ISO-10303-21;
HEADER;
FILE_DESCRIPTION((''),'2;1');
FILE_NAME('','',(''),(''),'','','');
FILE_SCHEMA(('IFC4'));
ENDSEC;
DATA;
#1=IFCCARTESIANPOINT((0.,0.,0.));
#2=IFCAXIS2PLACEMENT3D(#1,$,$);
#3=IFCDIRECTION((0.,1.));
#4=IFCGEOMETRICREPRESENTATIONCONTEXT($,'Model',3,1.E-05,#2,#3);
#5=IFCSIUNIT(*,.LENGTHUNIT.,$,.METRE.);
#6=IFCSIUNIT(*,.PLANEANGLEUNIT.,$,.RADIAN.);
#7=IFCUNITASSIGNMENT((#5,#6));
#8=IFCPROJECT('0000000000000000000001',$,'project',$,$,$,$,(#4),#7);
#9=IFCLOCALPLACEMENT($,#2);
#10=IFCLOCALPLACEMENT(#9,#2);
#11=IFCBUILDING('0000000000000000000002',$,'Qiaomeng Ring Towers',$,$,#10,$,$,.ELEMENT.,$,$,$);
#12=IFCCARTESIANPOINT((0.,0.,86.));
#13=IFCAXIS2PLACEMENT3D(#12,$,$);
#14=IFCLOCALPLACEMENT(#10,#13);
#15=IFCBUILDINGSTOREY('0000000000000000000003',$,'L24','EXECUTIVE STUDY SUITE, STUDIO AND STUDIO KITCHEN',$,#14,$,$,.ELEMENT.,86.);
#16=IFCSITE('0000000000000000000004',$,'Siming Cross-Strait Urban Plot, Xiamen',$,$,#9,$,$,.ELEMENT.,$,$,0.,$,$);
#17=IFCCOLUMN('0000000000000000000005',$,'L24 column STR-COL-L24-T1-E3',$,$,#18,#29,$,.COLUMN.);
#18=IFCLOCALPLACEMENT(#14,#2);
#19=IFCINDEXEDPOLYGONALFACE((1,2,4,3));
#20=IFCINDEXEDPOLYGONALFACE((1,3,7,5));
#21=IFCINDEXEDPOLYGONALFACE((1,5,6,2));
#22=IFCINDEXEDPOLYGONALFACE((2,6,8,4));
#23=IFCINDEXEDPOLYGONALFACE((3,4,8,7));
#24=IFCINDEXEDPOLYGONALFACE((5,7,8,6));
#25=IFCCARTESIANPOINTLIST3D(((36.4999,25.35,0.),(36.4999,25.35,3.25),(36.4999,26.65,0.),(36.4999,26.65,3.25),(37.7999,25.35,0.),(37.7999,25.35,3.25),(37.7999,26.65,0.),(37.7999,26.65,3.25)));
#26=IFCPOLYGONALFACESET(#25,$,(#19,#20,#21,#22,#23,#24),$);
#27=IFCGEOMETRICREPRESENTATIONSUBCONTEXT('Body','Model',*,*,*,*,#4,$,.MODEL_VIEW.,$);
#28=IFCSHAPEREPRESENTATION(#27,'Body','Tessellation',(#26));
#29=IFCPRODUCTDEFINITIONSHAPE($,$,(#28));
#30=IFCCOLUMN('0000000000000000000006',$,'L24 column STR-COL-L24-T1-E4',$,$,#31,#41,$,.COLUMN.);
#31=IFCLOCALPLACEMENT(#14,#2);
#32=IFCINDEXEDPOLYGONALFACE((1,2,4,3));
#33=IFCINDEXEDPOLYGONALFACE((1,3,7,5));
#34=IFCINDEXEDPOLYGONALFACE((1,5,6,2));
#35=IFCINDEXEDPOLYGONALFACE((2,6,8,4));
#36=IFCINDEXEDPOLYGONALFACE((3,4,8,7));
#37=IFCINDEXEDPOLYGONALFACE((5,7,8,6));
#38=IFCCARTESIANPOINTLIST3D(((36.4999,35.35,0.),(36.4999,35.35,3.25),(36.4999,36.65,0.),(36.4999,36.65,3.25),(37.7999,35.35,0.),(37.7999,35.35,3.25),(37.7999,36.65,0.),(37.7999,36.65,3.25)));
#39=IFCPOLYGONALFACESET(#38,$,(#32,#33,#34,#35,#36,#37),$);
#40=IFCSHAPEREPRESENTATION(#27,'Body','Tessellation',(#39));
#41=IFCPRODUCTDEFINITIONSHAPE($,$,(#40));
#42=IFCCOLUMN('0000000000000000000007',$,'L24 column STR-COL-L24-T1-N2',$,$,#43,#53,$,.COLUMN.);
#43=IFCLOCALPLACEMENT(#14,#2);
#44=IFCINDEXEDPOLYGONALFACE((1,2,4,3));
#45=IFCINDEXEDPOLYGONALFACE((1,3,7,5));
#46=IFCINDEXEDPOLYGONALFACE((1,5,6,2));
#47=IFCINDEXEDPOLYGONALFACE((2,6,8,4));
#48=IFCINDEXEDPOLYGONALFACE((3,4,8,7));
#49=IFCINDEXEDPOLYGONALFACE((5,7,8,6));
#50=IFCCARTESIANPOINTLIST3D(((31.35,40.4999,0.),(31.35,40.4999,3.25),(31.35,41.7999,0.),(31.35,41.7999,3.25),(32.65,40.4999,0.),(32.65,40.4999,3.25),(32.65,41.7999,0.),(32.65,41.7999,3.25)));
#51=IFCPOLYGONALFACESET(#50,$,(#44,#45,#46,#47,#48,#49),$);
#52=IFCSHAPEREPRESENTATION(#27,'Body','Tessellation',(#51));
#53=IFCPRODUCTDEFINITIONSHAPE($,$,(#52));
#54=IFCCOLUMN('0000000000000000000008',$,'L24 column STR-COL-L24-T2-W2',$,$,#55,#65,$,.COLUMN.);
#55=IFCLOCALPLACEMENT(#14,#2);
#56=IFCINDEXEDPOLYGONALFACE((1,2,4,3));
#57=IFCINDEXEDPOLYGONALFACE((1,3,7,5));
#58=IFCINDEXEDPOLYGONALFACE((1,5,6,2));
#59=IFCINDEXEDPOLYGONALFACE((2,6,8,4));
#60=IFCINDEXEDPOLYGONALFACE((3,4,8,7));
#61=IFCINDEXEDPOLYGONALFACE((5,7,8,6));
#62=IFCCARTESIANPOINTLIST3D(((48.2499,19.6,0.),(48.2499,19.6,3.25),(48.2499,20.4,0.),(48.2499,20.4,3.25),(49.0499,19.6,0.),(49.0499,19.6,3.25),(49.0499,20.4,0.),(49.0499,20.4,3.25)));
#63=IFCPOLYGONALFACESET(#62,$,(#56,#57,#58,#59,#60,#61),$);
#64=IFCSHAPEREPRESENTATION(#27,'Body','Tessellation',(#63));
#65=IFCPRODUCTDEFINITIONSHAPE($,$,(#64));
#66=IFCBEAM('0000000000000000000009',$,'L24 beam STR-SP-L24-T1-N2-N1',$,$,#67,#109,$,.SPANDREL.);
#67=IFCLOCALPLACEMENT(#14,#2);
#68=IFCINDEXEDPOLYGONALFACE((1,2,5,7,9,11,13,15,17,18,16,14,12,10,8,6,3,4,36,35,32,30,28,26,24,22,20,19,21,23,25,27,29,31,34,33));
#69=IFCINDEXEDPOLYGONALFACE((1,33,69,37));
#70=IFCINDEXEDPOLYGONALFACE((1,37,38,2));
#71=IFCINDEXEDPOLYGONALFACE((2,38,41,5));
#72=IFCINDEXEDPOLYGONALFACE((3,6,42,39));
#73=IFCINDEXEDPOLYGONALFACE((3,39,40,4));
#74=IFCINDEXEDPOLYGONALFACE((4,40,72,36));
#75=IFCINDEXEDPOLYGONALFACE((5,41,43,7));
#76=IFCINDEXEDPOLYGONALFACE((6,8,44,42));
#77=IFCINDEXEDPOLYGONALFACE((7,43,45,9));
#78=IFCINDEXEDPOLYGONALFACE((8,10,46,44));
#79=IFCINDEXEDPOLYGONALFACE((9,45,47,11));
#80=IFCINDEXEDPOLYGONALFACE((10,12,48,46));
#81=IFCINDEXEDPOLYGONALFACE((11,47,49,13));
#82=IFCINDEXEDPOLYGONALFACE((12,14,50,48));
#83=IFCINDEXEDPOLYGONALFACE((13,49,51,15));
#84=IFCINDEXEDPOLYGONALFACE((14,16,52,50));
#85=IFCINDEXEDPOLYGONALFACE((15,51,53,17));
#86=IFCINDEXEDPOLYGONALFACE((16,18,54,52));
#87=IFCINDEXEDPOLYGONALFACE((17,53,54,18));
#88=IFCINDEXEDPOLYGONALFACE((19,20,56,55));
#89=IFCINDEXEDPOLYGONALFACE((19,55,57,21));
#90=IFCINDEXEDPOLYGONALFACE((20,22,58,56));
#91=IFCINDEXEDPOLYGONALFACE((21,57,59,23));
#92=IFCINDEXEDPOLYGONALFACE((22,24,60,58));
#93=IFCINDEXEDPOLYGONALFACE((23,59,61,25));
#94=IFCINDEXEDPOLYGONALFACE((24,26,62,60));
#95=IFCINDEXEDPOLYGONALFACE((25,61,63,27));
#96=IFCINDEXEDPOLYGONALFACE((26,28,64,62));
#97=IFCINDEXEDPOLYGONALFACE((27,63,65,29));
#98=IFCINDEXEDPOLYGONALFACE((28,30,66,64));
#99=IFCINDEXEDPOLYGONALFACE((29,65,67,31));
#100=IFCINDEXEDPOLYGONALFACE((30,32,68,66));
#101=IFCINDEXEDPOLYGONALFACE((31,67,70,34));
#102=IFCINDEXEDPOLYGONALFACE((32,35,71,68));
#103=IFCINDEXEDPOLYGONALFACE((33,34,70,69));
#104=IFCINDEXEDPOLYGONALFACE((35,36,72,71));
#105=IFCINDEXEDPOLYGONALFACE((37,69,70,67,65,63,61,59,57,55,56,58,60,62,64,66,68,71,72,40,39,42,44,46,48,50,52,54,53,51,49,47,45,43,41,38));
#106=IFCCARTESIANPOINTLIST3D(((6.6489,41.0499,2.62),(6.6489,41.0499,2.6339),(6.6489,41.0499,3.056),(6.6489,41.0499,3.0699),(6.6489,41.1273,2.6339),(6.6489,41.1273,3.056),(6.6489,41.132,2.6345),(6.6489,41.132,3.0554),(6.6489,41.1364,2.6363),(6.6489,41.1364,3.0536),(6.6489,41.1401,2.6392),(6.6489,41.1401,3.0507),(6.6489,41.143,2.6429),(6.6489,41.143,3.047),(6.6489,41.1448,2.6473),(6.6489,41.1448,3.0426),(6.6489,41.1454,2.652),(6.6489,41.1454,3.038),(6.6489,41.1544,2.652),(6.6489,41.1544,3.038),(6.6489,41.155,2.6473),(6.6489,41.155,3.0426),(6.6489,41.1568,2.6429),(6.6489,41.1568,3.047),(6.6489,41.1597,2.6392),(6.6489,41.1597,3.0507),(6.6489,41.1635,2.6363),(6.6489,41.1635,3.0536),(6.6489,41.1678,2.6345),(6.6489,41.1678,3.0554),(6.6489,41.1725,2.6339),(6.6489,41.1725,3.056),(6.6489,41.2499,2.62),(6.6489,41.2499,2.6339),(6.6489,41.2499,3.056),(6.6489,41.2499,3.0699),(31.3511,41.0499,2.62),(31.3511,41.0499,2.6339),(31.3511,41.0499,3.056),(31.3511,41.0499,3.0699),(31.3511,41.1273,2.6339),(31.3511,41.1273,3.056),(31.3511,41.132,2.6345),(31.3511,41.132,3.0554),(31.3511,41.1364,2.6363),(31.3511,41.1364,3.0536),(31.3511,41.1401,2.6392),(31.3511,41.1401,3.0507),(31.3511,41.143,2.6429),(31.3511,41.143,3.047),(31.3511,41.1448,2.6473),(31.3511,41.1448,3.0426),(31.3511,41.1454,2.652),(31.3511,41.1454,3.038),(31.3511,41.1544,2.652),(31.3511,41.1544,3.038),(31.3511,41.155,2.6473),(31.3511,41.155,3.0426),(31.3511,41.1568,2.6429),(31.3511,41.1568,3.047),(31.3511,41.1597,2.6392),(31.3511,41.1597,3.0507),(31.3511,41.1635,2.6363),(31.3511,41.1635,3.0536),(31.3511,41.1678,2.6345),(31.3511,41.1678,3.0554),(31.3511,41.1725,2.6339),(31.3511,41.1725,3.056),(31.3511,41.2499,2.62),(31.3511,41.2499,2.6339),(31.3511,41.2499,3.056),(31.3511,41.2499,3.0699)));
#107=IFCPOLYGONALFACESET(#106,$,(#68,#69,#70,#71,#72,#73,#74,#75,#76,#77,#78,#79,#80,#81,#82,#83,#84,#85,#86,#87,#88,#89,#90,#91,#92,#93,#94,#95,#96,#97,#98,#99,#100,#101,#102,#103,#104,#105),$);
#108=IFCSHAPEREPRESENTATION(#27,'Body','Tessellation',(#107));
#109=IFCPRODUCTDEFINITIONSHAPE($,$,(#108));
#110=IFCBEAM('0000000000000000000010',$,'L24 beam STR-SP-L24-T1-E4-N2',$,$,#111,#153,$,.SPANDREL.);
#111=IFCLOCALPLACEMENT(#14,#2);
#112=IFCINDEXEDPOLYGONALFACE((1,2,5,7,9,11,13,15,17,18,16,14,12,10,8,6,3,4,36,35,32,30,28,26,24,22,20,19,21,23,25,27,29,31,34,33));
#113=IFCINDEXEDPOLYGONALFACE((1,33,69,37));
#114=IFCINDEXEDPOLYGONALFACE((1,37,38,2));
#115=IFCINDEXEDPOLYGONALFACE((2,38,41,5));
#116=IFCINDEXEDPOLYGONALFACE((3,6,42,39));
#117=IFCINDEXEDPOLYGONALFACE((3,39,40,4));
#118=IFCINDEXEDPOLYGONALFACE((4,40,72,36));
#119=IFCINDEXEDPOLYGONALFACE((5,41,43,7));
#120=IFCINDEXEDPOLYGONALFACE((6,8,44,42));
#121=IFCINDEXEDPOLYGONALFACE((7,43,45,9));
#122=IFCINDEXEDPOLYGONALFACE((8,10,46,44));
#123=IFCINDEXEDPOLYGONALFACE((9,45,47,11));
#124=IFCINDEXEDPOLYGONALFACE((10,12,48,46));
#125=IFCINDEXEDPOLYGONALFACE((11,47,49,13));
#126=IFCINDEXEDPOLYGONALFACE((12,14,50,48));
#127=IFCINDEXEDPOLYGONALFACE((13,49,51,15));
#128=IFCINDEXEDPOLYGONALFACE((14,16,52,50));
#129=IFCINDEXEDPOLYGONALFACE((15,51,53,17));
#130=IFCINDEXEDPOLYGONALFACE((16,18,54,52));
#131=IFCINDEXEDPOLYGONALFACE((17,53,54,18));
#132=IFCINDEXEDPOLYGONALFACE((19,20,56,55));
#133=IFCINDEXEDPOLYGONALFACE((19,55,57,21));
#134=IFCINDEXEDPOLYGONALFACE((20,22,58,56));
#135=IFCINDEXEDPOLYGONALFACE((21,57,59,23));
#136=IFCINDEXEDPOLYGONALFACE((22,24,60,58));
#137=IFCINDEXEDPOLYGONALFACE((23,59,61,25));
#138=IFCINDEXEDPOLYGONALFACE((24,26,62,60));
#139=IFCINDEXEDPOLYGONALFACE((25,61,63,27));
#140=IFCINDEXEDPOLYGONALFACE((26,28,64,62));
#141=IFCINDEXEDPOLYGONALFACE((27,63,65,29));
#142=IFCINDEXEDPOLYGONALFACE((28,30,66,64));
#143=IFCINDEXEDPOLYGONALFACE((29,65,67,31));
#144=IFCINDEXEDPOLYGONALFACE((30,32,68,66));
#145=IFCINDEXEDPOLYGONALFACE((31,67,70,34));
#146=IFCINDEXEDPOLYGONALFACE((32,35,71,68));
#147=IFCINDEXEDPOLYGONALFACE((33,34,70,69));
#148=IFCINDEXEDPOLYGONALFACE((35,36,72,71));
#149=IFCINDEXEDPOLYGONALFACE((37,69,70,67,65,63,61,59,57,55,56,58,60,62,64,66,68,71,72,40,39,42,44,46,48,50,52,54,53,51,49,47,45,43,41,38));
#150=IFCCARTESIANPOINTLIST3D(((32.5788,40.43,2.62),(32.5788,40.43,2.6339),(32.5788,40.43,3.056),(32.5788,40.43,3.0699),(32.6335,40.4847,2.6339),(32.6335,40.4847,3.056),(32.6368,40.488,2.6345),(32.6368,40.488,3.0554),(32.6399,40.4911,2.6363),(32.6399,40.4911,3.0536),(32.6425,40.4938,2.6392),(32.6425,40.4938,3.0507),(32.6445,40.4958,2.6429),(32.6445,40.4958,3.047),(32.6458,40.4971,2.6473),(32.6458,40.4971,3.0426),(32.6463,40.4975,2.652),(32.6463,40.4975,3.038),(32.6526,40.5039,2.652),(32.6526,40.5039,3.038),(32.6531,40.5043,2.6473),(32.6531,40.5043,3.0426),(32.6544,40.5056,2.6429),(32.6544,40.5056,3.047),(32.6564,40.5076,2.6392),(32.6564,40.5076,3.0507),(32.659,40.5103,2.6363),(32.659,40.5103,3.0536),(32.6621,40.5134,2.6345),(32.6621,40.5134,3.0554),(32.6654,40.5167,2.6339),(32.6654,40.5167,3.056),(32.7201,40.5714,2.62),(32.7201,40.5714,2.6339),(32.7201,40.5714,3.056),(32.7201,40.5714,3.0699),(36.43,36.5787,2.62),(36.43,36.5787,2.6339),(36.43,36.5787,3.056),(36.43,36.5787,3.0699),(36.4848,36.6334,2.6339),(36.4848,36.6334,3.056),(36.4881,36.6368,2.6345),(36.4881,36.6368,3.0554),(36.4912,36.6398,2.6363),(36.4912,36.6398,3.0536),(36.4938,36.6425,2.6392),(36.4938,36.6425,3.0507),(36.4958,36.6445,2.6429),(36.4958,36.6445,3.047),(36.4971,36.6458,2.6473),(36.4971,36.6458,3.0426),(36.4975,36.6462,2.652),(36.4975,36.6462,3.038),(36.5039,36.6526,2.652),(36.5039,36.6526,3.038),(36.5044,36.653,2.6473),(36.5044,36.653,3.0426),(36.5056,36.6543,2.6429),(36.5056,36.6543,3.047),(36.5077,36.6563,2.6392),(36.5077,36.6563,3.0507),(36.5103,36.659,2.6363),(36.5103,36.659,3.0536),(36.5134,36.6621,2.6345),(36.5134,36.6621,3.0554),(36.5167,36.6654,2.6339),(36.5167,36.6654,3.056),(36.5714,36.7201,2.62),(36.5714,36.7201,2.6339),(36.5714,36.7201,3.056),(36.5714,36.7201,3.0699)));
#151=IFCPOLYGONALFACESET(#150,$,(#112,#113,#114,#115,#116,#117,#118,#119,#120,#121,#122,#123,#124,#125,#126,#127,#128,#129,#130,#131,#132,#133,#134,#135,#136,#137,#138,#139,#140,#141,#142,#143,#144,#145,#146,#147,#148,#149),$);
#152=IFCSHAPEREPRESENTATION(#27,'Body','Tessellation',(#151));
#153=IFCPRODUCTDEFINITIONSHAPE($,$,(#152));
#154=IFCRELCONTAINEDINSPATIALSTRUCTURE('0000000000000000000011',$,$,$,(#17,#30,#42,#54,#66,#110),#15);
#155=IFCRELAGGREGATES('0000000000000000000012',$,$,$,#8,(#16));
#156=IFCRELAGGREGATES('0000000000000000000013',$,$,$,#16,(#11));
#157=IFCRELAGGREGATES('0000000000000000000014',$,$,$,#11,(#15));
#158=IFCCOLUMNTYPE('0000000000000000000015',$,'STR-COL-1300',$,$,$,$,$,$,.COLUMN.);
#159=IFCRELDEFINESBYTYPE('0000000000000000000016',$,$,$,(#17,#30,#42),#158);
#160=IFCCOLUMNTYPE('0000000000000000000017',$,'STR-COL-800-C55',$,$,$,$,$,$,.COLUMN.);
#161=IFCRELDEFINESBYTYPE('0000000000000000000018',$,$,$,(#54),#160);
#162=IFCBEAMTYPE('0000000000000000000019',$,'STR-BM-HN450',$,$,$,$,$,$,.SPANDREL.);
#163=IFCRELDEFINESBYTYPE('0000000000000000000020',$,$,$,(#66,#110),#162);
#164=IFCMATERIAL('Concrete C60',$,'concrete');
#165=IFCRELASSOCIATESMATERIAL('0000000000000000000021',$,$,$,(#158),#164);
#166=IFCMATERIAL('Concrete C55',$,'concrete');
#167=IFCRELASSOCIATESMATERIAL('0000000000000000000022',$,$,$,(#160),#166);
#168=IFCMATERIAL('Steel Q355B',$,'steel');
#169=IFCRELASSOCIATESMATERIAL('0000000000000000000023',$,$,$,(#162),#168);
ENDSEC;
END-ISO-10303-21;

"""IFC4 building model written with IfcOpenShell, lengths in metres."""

from ifc_helpers import new_model, si_unit, direction, frame, origin, origin_2d, place, context, subcontext, project, spatial, rectangle, i_section, extrude, source, transform, mapped, material, material_profile, profile_set, type_object, element, save


model = new_model("IFC4")

# Units and contexts
model_context = context("Model", 3, precision=1e-05, world=origin(), true_north=direction((0.0, 1.0)))
body_context = subcontext(model_context, "Body", "Model", "MODEL_VIEW")
ifc_project = project(units=[si_unit("LENGTHUNIT", "METRE"), si_unit("PLANEANGLEUNIT", "RADIAN")], contexts=[model_context])

# Site, building, storey
site_placement = place(None, origin())
site = spatial("IfcSite", under=ifc_project, at=site_placement, Name="Siming Cross-Strait Urban Plot, Xiamen", CompositionType="ELEMENT", RefElevation=0.0)
building_placement = place(site_placement, origin())
building = spatial("IfcBuilding", under=site, at=building_placement, Name="Qiaomeng Ring Towers", CompositionType="ELEMENT")
storey_placement = place(building_placement, frame((0.0, 0.0, 86.0)))
storey = spatial("IfcBuildingStorey", under=building, at=storey_placement, Name="L24", Description="EXECUTIVE STUDY SUITE, STUDIO AND STUDIO KITCHEN", CompositionType="ELEMENT", Elevation=86.0)

# Columns
ifc_material_1 = material(Name="Concrete C60", Category="concrete")
ifc_material_profile_1 = material_profile(ifc_material_1, rectangle(XDim=1.3, YDim=1.3, at=origin_2d()), Name="RC COL 1300x1300")
ifc_profile_set_1 = profile_set([ifc_material_profile_1], Name="Concrete C60")
column_type_1 = type_object("IfcColumnType", Name="STR-COL-1300", PredefinedType="COLUMN", material=ifc_profile_set_1)
shared_shape_1 = source(origin(), body_context, "Body", "SweptSolid", [
    extrude(rectangle(XDim=1.3, YDim=1.3, at=origin_2d()), origin(), (0.0, 0.0, 1.0), 3.25),
])
for number, where, z_axis, x_axis, name in (
    (1, (37.1499, 26.0, 0.0), (0.0, 0.0, 1.0), (1.0, 0.0, 0.0), "L24 column STR-COL-L24-T1-E3"),
    (2, (37.1499, 36.0, 0.0), (0.0, 0.0, 1.0), (1.0, 0.0, 0.0), "L24 column STR-COL-L24-T1-E4"),
    (3, (32.0, 41.1499, 0.0), (0.0, 0.0, 1.0), (1.0, 0.0, 0.0), "L24 column STR-COL-L24-T1-N2"),
):
    element("IfcColumn", number, at=place(storey_placement, frame(where, z_axis=z_axis, x_axis=x_axis)), inside=storey, type_object=column_type_1, Name=name, PredefinedType="COLUMN", context=body_context, shape_type="MappedRepresentation", body=[
        mapped(shared_shape_1, transform((0.0, 0.0, 0.0), x_axis=(1.0, 0.0, 0.0), y_axis=(0.0, 1.0, 0.0), z_axis=(0.0, 0.0, 1.0), scale=1.0)),
    ])
ifc_material_2 = material(Name="Concrete C55", Category="concrete")
ifc_material_profile_2 = material_profile(ifc_material_2, rectangle(XDim=0.8, YDim=0.8, at=origin_2d()), Name="RC COL 800x800")
ifc_profile_set_2 = profile_set([ifc_material_profile_2], Name="Concrete C55")
column_type_2 = type_object("IfcColumnType", Name="STR-COL-800-C55", PredefinedType="COLUMN", material=ifc_profile_set_2)
shared_shape_2 = source(origin(), body_context, "Body", "SweptSolid", [
    extrude(rectangle(XDim=0.8, YDim=0.8, at=origin_2d()), origin(), (0.0, 0.0, 1.0), 3.25),
])
column_placement = place(storey_placement, frame((48.6499, 20.0, 0.0), z_axis=(0.0, 0.0, 1.0), x_axis=(1.0, 0.0, 0.0)))
element("IfcColumn", 4, at=column_placement, inside=storey, type_object=column_type_2, Name="L24 column STR-COL-L24-T2-W2", PredefinedType="COLUMN", context=body_context, shape_type="MappedRepresentation", body=[
    mapped(shared_shape_2, transform((0.0, 0.0, 0.0), x_axis=(1.0, 0.0, 0.0), y_axis=(0.0, 1.0, 0.0), z_axis=(0.0, 0.0, 1.0), scale=1.0)),
])

# Beams
ifc_material_3 = material(Name="Steel Q355B", Category="steel")
ifc_material_profile_3 = material_profile(ifc_material_3, i_section(OverallWidth=0.2, OverallDepth=0.45, WebThickness=0.009, FlangeThickness=0.0139, FilletRadius=0.0181, at=origin_2d()), Name="HN 450x200x9x14")
ifc_profile_set_3 = profile_set([ifc_material_profile_3], Name="Steel Q355B")
beam_type_1 = type_object("IfcBeamType", Name="STR-BM-HN450", PredefinedType="SPANDREL", material=ifc_profile_set_3)
shared_shape_3 = source(origin(), body_context, "Body", "SweptSolid", [
    extrude(i_section(OverallWidth=0.2, OverallDepth=0.45, WebThickness=0.009, FlangeThickness=0.0139, FilletRadius=0.0181, at=origin_2d()), origin(), (0.0, 0.0, 1.0), 24.7021),
])
beam_1_placement = place(storey_placement, frame((31.3511, 41.1499, 2.845), z_axis=(-1.0, 0.0, 0.0), x_axis=(0.0, -1.0, 0.0)))
element("IfcBeam", 5, at=beam_1_placement, inside=storey, type_object=beam_type_1, Name="L24 beam STR-SP-L24-T1-N2-N1", PredefinedType="SPANDREL", context=body_context, shape_type="MappedRepresentation", body=[
    mapped(shared_shape_3, transform((0.0, 0.0, 0.0), x_axis=(1.0, 0.0, 0.0), y_axis=(0.0, 1.0, 0.0), z_axis=(0.0, 0.0, 1.0), scale=1.0)),
])
shared_shape_4 = source(origin(), body_context, "Body", "SweptSolid", [
    extrude(i_section(OverallWidth=0.2, OverallDepth=0.45, WebThickness=0.009, FlangeThickness=0.0139, FilletRadius=0.0181, at=origin_2d()), origin(), (0.0, 0.0, 1.0), 5.4465),
])
beam_2_placement = place(storey_placement, frame((36.5007, 36.6494, 2.845), z_axis=(-0.707107, 0.707107, 0.0), x_axis=(-0.707107, -0.707107, 0.0)))
element("IfcBeam", 6, at=beam_2_placement, inside=storey, type_object=beam_type_1, Name="L24 beam STR-SP-L24-T1-E4-N2", PredefinedType="SPANDREL", context=body_context, shape_type="MappedRepresentation", body=[
    mapped(shared_shape_4, transform((0.0, 0.0, 0.0), x_axis=(1.0, 0.0, 0.0), y_axis=(0.0, 1.0, 0.0), z_axis=(0.0, 0.0, 1.0), scale=1.0)),
])

save(model, "model.ifc")
